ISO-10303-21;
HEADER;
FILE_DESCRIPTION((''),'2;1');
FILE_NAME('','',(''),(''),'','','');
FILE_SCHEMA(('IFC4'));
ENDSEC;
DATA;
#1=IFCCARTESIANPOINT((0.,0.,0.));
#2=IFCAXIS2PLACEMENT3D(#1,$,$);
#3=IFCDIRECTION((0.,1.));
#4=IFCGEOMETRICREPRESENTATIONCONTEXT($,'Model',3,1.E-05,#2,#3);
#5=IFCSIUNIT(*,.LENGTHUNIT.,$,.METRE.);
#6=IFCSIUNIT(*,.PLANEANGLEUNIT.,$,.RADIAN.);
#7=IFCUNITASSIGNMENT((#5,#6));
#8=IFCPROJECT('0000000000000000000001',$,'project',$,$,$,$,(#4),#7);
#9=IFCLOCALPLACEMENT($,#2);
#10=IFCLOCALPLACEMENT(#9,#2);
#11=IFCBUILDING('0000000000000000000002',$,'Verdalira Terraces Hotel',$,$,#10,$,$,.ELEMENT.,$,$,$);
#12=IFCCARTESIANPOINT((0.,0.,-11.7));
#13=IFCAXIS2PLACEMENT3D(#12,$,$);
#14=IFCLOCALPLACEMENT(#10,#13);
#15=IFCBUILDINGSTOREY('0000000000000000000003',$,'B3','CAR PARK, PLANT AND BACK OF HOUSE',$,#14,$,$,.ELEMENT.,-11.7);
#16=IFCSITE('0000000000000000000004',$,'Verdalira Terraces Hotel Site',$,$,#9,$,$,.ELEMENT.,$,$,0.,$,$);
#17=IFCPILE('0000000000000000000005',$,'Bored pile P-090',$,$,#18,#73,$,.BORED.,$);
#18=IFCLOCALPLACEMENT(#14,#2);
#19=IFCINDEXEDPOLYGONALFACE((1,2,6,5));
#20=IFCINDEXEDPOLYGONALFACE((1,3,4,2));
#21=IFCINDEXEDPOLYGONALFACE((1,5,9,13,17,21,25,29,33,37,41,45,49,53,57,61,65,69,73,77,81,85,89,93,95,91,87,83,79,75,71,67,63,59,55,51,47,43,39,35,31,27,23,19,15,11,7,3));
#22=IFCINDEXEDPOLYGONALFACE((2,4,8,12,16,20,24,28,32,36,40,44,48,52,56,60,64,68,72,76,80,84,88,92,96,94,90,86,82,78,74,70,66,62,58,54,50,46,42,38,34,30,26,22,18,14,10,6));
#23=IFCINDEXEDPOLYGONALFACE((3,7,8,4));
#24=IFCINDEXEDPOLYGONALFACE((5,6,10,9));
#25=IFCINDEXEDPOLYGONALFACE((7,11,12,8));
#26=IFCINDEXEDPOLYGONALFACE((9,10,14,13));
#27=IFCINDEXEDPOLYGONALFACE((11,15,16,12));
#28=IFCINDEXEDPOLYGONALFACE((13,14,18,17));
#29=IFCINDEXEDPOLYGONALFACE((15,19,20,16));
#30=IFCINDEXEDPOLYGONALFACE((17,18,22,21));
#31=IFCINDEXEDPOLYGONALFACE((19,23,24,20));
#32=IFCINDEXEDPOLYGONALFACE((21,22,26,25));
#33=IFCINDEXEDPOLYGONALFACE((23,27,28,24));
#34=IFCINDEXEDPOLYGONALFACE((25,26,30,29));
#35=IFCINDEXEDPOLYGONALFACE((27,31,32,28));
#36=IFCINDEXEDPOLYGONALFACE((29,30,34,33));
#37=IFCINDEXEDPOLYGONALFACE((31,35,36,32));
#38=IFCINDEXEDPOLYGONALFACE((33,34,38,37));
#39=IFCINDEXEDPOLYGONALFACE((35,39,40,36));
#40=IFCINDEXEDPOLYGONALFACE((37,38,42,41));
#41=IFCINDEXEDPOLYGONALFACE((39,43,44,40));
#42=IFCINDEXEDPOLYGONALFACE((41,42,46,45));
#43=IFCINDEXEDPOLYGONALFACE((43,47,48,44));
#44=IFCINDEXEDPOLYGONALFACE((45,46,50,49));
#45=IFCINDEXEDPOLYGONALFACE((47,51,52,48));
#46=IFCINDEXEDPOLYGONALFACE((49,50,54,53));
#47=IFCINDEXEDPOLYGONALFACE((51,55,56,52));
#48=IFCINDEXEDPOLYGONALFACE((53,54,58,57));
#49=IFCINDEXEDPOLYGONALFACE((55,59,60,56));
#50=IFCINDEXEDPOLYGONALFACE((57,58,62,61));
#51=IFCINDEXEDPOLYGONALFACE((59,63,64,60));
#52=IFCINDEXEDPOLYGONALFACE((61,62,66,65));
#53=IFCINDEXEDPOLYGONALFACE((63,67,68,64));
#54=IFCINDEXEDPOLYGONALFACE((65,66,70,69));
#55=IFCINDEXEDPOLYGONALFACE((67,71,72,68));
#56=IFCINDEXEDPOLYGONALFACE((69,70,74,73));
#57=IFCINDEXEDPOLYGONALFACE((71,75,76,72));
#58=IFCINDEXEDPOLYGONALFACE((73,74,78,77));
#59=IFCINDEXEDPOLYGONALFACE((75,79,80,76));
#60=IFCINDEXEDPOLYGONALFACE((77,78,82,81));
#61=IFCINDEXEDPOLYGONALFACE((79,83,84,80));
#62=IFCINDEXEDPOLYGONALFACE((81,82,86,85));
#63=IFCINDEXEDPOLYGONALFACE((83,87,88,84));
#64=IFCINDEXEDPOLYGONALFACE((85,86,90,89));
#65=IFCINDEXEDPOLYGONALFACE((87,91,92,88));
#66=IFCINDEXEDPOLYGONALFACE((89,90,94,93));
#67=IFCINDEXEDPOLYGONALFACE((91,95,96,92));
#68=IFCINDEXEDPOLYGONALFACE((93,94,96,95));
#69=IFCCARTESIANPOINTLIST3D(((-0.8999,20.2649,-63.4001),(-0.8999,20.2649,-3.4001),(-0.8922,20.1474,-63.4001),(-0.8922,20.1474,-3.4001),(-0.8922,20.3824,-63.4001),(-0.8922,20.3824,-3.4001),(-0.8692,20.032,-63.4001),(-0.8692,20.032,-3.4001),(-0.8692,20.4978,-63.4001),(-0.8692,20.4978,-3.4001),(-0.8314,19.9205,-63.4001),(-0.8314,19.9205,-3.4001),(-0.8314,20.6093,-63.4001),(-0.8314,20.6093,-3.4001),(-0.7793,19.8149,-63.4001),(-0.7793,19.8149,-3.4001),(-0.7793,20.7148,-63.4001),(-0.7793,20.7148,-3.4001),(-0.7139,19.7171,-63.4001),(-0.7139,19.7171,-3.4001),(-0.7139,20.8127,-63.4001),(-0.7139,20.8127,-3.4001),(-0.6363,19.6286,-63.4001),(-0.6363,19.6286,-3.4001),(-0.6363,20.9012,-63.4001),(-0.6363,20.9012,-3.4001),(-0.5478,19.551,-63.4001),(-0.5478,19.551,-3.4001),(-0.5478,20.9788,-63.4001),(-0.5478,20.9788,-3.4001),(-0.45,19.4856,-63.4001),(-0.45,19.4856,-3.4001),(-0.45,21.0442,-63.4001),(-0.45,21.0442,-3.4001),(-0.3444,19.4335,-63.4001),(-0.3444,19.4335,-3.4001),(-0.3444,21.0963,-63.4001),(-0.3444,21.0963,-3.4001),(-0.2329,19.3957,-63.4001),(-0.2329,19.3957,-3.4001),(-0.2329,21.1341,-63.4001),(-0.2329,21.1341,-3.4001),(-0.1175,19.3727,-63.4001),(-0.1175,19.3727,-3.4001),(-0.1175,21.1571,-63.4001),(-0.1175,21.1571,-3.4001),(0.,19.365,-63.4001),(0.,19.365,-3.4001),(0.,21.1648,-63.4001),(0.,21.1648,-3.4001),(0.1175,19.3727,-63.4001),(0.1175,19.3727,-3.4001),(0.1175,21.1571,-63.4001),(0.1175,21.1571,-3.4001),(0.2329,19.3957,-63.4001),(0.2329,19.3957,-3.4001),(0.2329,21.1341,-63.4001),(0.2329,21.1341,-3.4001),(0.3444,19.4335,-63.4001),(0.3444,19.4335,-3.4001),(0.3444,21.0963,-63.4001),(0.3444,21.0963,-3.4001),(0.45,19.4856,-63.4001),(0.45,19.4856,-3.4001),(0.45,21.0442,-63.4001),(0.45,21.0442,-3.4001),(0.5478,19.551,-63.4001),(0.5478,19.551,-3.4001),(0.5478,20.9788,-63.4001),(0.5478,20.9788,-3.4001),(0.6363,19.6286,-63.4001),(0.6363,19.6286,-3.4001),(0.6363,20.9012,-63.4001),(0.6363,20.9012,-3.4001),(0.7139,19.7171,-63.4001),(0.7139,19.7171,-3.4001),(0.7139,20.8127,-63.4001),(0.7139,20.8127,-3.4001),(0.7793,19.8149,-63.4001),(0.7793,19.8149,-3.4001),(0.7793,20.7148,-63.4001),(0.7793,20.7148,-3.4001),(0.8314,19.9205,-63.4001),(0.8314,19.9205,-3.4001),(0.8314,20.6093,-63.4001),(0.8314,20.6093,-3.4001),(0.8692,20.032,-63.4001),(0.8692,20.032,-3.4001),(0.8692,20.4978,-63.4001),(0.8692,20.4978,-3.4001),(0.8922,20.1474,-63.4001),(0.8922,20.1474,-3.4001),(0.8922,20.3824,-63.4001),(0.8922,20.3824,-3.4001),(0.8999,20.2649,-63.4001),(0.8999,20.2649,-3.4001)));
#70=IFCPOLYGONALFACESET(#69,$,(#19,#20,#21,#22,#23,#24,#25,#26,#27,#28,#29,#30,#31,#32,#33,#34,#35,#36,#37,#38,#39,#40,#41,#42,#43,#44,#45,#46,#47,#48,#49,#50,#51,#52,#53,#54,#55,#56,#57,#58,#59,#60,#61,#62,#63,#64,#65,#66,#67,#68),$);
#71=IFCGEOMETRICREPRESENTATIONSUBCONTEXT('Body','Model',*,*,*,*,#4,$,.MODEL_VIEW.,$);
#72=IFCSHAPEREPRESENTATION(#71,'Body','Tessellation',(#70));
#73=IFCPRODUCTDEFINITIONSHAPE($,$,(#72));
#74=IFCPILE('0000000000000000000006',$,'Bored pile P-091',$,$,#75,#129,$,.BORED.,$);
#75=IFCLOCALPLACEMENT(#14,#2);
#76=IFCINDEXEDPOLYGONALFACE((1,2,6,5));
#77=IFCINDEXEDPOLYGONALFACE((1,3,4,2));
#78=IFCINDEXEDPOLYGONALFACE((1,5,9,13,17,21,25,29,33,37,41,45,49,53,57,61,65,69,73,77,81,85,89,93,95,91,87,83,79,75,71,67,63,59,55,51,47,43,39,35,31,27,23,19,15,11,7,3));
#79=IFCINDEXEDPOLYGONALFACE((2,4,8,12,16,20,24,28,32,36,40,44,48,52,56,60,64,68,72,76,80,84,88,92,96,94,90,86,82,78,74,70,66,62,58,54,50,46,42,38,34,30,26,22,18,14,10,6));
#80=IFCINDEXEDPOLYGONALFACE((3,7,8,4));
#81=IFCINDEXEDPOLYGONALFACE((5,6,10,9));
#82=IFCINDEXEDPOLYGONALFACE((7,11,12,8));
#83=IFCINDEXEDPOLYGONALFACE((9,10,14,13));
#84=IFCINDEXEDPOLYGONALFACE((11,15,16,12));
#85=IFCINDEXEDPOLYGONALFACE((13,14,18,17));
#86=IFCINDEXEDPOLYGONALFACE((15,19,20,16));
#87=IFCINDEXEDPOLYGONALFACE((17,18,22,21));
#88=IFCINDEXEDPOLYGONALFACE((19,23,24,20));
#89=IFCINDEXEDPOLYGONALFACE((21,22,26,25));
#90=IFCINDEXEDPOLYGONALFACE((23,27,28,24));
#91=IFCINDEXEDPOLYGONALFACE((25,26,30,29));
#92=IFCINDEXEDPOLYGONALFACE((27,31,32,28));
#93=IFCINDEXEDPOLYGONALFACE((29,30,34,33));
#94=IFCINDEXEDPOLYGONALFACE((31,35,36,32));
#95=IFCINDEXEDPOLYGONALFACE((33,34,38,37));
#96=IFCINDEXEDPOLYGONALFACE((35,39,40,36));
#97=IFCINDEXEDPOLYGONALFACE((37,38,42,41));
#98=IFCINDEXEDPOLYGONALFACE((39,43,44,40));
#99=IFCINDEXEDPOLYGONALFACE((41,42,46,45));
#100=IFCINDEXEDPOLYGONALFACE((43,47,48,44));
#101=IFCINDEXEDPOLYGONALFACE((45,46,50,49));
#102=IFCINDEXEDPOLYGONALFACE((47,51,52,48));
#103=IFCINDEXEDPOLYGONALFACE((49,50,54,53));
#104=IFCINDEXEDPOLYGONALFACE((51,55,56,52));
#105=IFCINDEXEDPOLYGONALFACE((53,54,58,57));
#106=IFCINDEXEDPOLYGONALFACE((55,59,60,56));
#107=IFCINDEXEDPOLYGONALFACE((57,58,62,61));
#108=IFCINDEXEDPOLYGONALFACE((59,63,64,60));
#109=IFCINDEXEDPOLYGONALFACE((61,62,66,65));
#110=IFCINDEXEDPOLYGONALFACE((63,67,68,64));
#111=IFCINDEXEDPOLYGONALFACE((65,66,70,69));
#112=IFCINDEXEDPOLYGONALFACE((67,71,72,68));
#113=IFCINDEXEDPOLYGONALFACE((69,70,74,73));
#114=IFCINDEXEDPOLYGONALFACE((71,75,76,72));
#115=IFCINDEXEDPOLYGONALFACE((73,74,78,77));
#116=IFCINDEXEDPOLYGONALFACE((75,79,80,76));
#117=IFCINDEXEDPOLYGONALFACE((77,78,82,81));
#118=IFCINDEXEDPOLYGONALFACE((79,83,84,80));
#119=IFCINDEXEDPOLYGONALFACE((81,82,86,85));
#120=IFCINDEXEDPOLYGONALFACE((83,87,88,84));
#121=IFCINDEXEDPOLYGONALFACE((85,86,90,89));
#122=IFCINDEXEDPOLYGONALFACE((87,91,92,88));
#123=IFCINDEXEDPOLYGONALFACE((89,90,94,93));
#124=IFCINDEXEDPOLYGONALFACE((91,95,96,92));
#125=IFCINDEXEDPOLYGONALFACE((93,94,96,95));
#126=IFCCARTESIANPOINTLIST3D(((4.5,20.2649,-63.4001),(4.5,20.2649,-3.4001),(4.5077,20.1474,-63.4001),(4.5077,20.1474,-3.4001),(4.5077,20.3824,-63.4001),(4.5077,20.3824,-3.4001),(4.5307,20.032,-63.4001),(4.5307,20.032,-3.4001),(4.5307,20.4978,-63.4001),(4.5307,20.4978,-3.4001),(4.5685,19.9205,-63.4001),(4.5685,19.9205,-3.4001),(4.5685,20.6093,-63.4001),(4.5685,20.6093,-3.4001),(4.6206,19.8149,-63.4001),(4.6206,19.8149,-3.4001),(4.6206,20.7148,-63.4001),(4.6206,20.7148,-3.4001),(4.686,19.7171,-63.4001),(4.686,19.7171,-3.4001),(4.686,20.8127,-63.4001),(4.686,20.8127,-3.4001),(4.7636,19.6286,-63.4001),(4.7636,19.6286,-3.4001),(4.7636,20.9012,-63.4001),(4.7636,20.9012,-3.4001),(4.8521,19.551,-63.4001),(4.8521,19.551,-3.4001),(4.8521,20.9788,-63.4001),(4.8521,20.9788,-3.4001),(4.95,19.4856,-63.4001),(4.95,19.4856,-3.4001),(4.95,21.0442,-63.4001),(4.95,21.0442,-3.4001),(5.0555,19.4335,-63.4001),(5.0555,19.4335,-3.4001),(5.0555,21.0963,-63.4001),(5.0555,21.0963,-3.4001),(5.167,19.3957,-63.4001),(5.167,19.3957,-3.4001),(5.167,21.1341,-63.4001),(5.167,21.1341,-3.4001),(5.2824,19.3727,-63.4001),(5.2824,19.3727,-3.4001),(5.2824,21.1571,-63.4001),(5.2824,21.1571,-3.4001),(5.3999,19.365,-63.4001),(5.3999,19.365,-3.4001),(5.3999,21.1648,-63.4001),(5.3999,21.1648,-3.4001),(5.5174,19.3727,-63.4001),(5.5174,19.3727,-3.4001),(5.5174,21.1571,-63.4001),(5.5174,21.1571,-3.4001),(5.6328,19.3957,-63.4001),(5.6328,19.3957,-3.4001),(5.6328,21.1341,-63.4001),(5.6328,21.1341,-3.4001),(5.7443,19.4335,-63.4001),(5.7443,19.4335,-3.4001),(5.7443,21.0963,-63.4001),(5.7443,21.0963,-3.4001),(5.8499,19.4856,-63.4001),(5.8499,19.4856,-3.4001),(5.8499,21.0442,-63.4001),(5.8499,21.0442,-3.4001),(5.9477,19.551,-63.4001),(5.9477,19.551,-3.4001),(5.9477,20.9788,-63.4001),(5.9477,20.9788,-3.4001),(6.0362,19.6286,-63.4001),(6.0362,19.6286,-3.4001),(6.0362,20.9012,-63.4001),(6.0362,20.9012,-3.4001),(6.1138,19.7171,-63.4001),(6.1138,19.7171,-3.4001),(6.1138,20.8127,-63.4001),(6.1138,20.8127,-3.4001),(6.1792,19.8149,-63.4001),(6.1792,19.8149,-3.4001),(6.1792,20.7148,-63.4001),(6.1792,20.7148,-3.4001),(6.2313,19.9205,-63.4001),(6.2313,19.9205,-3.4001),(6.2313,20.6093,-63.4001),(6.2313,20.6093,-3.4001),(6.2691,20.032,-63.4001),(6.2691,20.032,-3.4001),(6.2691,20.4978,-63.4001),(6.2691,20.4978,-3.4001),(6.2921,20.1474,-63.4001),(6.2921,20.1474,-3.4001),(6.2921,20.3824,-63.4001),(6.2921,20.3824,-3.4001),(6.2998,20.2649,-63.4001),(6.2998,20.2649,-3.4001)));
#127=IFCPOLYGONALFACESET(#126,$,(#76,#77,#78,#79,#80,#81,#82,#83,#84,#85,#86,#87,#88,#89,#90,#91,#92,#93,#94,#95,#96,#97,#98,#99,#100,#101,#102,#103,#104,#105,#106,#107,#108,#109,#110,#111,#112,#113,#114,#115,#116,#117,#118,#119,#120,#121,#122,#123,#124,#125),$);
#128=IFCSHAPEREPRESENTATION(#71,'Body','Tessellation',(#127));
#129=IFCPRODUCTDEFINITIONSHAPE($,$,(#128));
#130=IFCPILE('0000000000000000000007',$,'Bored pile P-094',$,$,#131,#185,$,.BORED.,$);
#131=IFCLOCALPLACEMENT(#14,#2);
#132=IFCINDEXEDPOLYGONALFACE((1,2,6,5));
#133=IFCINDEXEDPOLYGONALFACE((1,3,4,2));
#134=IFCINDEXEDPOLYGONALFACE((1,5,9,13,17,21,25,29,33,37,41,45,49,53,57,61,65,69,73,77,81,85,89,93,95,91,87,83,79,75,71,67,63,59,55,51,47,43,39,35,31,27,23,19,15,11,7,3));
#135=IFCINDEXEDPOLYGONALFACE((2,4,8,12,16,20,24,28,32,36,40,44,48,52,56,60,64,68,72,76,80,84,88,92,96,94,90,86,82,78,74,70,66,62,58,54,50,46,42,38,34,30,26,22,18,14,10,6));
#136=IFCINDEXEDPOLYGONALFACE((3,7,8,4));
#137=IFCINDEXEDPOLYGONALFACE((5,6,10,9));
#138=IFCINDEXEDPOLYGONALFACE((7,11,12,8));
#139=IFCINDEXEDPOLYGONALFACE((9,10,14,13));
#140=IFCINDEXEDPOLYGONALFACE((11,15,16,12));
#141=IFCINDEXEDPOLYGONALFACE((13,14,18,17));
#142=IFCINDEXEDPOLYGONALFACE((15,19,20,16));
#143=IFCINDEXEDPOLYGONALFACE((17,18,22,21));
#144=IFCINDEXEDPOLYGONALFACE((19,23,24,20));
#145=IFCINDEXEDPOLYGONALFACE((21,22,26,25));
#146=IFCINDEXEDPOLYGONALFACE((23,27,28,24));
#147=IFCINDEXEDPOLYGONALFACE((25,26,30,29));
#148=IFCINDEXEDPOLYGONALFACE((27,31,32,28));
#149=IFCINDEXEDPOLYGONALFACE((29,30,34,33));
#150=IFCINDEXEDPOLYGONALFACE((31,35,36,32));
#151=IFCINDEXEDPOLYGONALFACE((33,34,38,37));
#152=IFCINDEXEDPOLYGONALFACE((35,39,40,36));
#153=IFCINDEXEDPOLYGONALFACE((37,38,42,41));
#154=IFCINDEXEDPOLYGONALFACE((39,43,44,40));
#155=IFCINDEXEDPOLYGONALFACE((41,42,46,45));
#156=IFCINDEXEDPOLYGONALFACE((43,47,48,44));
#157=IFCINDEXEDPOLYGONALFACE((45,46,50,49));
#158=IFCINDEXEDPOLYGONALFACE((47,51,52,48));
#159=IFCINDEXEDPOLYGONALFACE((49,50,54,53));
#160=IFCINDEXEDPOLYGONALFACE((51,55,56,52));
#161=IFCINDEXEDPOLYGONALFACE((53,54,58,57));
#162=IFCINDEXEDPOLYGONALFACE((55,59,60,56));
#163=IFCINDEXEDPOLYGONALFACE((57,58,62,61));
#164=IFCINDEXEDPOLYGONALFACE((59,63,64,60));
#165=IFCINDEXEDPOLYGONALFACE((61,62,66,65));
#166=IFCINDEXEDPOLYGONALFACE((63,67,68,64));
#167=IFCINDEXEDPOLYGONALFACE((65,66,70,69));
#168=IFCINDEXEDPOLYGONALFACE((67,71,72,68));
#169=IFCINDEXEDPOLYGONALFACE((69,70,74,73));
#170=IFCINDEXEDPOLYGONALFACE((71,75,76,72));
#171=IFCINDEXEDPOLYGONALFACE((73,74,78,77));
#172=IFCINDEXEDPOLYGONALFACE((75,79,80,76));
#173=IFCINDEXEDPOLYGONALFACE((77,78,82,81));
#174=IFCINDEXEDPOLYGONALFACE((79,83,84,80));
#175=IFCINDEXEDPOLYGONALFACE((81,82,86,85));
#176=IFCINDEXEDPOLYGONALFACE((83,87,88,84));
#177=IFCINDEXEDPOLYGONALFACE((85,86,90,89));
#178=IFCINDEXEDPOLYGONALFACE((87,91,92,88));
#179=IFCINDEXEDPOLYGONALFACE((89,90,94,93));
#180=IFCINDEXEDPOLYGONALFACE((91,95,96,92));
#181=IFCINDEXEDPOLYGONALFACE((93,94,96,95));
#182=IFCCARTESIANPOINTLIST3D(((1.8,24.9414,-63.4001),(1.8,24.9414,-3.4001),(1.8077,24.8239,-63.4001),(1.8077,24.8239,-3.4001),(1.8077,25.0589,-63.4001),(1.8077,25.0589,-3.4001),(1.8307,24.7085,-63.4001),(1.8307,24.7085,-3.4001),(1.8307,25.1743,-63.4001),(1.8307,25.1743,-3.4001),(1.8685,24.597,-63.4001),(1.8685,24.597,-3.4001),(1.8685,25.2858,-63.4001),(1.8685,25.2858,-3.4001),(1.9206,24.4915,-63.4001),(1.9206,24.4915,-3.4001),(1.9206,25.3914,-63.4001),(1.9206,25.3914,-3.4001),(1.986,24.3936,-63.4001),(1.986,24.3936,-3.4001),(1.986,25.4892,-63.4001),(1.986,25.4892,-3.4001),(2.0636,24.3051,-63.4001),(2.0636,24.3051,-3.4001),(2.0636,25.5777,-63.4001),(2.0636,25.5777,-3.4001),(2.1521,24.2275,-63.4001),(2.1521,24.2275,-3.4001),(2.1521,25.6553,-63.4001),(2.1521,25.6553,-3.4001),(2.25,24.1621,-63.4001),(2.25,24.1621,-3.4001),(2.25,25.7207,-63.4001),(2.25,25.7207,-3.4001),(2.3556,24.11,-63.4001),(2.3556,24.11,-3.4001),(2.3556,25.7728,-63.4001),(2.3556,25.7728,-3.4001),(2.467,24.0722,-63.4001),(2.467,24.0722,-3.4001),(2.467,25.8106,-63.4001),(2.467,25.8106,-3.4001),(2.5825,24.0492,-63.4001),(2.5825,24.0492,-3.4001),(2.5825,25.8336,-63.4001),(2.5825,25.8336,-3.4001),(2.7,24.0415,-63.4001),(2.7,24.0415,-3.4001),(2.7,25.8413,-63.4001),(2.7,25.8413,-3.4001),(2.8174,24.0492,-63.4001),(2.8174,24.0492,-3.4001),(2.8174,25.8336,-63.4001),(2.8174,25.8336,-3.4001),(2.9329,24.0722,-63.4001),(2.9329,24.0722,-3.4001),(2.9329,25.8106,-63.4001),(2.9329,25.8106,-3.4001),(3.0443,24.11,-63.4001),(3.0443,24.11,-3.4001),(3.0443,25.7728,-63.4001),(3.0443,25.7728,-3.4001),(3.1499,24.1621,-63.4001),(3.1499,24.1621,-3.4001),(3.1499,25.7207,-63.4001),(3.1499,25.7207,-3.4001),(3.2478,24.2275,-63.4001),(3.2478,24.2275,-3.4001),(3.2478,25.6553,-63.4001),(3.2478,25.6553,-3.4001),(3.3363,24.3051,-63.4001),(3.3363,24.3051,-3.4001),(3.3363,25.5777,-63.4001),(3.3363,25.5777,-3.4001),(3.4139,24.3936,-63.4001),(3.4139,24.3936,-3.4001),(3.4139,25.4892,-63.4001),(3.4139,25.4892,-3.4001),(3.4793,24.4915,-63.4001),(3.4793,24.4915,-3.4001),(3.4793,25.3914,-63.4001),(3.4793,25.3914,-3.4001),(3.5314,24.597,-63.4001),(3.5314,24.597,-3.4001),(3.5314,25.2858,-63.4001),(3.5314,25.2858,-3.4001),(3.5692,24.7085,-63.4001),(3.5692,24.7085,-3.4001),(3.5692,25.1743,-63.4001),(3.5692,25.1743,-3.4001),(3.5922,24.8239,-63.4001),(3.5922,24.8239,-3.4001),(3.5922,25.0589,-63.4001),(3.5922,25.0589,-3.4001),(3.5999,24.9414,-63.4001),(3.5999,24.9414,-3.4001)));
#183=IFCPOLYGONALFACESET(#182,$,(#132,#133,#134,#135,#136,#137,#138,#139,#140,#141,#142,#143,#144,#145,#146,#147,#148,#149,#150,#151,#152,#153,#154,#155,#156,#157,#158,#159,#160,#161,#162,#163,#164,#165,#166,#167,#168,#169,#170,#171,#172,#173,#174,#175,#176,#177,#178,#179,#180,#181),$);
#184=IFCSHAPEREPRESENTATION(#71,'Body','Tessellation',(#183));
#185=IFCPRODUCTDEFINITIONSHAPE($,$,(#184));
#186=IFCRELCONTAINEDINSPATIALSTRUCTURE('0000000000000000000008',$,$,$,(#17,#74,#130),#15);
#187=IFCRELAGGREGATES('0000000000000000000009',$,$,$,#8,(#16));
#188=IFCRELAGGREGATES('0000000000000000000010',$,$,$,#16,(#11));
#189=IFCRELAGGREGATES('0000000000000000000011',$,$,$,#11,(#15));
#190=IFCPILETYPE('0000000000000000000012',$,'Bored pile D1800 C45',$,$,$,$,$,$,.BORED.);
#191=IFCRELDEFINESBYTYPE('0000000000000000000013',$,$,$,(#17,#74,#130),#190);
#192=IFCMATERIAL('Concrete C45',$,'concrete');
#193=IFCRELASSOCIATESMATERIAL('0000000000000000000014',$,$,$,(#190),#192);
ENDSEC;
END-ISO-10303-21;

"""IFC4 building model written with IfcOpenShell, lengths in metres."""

from ifc_helpers import new_model, si_unit, direction, frame, origin, origin_2d, place, context, subcontext, project, spatial, circle, extrude, material, material_profile, profile_set, type_object, element, save


model = new_model("IFC4")

# Units and contexts
model_context = context("Model", 3, precision=1e-05, world=origin(), true_north=direction((0.0, 1.0)))
body_context = subcontext(model_context, "Body", "Model", "MODEL_VIEW")
ifc_project = project(units=[si_unit("LENGTHUNIT", "METRE"), si_unit("PLANEANGLEUNIT", "RADIAN")], contexts=[model_context])

# Site, building, storey
site_placement = place(None, origin())
site = spatial("IfcSite", under=ifc_project, at=site_placement, Name="Verdalira Terraces Hotel Site", CompositionType="ELEMENT", RefElevation=0.0)
building_placement = place(site_placement, origin())
building = spatial("IfcBuilding", under=site, at=building_placement, Name="Verdalira Terraces Hotel", CompositionType="ELEMENT")
storey_placement = place(building_placement, frame((0.0, 0.0, -11.7)))
storey = spatial("IfcBuildingStorey", under=building, at=storey_placement, Name="B3", Description="CAR PARK, PLANT AND BACK OF HOUSE", CompositionType="ELEMENT", Elevation=-11.7)

# Piles
ifc_material_1 = material(Name="Concrete C45", Category="concrete")
ifc_material_profile_1 = material_profile(ifc_material_1, circle(Radius=0.8999, at=origin_2d()), Name="D1800")
ifc_profile_set_1 = profile_set([ifc_material_profile_1], Name="Concrete C45")
pile_type = type_object("IfcPileType", Name="Bored pile D1800 C45", PredefinedType="BORED", material=ifc_profile_set_1)
for number, where, z_axis, x_axis, name in (
    (1, (0.0, 20.2649, -3.4001), (0.0, 0.0, -1.0), (1.0, 0.0, 0.0), "Bored pile P-090"),
    (2, (5.3999, 20.2649, -3.4001), (0.0, 0.0, -1.0), (1.0, 0.0, 0.0), "Bored pile P-091"),
    (3, (2.7, 24.9414, -3.4001), (0.0, 0.0, -1.0), (1.0, 0.0, 0.0), "Bored pile P-094"),
):
    element("IfcPile", number, at=place(storey_placement, frame(where, z_axis=z_axis, x_axis=x_axis)), inside=storey, type_object=pile_type, Name=name, PredefinedType="BORED", context=body_context, shape_type="SweptSolid", body=[
        extrude(circle(Radius=0.8999, at=origin_2d()), origin(), (0.0, 0.0, 1.0), 60.0),
    ])

save(model, "model.ifc")
